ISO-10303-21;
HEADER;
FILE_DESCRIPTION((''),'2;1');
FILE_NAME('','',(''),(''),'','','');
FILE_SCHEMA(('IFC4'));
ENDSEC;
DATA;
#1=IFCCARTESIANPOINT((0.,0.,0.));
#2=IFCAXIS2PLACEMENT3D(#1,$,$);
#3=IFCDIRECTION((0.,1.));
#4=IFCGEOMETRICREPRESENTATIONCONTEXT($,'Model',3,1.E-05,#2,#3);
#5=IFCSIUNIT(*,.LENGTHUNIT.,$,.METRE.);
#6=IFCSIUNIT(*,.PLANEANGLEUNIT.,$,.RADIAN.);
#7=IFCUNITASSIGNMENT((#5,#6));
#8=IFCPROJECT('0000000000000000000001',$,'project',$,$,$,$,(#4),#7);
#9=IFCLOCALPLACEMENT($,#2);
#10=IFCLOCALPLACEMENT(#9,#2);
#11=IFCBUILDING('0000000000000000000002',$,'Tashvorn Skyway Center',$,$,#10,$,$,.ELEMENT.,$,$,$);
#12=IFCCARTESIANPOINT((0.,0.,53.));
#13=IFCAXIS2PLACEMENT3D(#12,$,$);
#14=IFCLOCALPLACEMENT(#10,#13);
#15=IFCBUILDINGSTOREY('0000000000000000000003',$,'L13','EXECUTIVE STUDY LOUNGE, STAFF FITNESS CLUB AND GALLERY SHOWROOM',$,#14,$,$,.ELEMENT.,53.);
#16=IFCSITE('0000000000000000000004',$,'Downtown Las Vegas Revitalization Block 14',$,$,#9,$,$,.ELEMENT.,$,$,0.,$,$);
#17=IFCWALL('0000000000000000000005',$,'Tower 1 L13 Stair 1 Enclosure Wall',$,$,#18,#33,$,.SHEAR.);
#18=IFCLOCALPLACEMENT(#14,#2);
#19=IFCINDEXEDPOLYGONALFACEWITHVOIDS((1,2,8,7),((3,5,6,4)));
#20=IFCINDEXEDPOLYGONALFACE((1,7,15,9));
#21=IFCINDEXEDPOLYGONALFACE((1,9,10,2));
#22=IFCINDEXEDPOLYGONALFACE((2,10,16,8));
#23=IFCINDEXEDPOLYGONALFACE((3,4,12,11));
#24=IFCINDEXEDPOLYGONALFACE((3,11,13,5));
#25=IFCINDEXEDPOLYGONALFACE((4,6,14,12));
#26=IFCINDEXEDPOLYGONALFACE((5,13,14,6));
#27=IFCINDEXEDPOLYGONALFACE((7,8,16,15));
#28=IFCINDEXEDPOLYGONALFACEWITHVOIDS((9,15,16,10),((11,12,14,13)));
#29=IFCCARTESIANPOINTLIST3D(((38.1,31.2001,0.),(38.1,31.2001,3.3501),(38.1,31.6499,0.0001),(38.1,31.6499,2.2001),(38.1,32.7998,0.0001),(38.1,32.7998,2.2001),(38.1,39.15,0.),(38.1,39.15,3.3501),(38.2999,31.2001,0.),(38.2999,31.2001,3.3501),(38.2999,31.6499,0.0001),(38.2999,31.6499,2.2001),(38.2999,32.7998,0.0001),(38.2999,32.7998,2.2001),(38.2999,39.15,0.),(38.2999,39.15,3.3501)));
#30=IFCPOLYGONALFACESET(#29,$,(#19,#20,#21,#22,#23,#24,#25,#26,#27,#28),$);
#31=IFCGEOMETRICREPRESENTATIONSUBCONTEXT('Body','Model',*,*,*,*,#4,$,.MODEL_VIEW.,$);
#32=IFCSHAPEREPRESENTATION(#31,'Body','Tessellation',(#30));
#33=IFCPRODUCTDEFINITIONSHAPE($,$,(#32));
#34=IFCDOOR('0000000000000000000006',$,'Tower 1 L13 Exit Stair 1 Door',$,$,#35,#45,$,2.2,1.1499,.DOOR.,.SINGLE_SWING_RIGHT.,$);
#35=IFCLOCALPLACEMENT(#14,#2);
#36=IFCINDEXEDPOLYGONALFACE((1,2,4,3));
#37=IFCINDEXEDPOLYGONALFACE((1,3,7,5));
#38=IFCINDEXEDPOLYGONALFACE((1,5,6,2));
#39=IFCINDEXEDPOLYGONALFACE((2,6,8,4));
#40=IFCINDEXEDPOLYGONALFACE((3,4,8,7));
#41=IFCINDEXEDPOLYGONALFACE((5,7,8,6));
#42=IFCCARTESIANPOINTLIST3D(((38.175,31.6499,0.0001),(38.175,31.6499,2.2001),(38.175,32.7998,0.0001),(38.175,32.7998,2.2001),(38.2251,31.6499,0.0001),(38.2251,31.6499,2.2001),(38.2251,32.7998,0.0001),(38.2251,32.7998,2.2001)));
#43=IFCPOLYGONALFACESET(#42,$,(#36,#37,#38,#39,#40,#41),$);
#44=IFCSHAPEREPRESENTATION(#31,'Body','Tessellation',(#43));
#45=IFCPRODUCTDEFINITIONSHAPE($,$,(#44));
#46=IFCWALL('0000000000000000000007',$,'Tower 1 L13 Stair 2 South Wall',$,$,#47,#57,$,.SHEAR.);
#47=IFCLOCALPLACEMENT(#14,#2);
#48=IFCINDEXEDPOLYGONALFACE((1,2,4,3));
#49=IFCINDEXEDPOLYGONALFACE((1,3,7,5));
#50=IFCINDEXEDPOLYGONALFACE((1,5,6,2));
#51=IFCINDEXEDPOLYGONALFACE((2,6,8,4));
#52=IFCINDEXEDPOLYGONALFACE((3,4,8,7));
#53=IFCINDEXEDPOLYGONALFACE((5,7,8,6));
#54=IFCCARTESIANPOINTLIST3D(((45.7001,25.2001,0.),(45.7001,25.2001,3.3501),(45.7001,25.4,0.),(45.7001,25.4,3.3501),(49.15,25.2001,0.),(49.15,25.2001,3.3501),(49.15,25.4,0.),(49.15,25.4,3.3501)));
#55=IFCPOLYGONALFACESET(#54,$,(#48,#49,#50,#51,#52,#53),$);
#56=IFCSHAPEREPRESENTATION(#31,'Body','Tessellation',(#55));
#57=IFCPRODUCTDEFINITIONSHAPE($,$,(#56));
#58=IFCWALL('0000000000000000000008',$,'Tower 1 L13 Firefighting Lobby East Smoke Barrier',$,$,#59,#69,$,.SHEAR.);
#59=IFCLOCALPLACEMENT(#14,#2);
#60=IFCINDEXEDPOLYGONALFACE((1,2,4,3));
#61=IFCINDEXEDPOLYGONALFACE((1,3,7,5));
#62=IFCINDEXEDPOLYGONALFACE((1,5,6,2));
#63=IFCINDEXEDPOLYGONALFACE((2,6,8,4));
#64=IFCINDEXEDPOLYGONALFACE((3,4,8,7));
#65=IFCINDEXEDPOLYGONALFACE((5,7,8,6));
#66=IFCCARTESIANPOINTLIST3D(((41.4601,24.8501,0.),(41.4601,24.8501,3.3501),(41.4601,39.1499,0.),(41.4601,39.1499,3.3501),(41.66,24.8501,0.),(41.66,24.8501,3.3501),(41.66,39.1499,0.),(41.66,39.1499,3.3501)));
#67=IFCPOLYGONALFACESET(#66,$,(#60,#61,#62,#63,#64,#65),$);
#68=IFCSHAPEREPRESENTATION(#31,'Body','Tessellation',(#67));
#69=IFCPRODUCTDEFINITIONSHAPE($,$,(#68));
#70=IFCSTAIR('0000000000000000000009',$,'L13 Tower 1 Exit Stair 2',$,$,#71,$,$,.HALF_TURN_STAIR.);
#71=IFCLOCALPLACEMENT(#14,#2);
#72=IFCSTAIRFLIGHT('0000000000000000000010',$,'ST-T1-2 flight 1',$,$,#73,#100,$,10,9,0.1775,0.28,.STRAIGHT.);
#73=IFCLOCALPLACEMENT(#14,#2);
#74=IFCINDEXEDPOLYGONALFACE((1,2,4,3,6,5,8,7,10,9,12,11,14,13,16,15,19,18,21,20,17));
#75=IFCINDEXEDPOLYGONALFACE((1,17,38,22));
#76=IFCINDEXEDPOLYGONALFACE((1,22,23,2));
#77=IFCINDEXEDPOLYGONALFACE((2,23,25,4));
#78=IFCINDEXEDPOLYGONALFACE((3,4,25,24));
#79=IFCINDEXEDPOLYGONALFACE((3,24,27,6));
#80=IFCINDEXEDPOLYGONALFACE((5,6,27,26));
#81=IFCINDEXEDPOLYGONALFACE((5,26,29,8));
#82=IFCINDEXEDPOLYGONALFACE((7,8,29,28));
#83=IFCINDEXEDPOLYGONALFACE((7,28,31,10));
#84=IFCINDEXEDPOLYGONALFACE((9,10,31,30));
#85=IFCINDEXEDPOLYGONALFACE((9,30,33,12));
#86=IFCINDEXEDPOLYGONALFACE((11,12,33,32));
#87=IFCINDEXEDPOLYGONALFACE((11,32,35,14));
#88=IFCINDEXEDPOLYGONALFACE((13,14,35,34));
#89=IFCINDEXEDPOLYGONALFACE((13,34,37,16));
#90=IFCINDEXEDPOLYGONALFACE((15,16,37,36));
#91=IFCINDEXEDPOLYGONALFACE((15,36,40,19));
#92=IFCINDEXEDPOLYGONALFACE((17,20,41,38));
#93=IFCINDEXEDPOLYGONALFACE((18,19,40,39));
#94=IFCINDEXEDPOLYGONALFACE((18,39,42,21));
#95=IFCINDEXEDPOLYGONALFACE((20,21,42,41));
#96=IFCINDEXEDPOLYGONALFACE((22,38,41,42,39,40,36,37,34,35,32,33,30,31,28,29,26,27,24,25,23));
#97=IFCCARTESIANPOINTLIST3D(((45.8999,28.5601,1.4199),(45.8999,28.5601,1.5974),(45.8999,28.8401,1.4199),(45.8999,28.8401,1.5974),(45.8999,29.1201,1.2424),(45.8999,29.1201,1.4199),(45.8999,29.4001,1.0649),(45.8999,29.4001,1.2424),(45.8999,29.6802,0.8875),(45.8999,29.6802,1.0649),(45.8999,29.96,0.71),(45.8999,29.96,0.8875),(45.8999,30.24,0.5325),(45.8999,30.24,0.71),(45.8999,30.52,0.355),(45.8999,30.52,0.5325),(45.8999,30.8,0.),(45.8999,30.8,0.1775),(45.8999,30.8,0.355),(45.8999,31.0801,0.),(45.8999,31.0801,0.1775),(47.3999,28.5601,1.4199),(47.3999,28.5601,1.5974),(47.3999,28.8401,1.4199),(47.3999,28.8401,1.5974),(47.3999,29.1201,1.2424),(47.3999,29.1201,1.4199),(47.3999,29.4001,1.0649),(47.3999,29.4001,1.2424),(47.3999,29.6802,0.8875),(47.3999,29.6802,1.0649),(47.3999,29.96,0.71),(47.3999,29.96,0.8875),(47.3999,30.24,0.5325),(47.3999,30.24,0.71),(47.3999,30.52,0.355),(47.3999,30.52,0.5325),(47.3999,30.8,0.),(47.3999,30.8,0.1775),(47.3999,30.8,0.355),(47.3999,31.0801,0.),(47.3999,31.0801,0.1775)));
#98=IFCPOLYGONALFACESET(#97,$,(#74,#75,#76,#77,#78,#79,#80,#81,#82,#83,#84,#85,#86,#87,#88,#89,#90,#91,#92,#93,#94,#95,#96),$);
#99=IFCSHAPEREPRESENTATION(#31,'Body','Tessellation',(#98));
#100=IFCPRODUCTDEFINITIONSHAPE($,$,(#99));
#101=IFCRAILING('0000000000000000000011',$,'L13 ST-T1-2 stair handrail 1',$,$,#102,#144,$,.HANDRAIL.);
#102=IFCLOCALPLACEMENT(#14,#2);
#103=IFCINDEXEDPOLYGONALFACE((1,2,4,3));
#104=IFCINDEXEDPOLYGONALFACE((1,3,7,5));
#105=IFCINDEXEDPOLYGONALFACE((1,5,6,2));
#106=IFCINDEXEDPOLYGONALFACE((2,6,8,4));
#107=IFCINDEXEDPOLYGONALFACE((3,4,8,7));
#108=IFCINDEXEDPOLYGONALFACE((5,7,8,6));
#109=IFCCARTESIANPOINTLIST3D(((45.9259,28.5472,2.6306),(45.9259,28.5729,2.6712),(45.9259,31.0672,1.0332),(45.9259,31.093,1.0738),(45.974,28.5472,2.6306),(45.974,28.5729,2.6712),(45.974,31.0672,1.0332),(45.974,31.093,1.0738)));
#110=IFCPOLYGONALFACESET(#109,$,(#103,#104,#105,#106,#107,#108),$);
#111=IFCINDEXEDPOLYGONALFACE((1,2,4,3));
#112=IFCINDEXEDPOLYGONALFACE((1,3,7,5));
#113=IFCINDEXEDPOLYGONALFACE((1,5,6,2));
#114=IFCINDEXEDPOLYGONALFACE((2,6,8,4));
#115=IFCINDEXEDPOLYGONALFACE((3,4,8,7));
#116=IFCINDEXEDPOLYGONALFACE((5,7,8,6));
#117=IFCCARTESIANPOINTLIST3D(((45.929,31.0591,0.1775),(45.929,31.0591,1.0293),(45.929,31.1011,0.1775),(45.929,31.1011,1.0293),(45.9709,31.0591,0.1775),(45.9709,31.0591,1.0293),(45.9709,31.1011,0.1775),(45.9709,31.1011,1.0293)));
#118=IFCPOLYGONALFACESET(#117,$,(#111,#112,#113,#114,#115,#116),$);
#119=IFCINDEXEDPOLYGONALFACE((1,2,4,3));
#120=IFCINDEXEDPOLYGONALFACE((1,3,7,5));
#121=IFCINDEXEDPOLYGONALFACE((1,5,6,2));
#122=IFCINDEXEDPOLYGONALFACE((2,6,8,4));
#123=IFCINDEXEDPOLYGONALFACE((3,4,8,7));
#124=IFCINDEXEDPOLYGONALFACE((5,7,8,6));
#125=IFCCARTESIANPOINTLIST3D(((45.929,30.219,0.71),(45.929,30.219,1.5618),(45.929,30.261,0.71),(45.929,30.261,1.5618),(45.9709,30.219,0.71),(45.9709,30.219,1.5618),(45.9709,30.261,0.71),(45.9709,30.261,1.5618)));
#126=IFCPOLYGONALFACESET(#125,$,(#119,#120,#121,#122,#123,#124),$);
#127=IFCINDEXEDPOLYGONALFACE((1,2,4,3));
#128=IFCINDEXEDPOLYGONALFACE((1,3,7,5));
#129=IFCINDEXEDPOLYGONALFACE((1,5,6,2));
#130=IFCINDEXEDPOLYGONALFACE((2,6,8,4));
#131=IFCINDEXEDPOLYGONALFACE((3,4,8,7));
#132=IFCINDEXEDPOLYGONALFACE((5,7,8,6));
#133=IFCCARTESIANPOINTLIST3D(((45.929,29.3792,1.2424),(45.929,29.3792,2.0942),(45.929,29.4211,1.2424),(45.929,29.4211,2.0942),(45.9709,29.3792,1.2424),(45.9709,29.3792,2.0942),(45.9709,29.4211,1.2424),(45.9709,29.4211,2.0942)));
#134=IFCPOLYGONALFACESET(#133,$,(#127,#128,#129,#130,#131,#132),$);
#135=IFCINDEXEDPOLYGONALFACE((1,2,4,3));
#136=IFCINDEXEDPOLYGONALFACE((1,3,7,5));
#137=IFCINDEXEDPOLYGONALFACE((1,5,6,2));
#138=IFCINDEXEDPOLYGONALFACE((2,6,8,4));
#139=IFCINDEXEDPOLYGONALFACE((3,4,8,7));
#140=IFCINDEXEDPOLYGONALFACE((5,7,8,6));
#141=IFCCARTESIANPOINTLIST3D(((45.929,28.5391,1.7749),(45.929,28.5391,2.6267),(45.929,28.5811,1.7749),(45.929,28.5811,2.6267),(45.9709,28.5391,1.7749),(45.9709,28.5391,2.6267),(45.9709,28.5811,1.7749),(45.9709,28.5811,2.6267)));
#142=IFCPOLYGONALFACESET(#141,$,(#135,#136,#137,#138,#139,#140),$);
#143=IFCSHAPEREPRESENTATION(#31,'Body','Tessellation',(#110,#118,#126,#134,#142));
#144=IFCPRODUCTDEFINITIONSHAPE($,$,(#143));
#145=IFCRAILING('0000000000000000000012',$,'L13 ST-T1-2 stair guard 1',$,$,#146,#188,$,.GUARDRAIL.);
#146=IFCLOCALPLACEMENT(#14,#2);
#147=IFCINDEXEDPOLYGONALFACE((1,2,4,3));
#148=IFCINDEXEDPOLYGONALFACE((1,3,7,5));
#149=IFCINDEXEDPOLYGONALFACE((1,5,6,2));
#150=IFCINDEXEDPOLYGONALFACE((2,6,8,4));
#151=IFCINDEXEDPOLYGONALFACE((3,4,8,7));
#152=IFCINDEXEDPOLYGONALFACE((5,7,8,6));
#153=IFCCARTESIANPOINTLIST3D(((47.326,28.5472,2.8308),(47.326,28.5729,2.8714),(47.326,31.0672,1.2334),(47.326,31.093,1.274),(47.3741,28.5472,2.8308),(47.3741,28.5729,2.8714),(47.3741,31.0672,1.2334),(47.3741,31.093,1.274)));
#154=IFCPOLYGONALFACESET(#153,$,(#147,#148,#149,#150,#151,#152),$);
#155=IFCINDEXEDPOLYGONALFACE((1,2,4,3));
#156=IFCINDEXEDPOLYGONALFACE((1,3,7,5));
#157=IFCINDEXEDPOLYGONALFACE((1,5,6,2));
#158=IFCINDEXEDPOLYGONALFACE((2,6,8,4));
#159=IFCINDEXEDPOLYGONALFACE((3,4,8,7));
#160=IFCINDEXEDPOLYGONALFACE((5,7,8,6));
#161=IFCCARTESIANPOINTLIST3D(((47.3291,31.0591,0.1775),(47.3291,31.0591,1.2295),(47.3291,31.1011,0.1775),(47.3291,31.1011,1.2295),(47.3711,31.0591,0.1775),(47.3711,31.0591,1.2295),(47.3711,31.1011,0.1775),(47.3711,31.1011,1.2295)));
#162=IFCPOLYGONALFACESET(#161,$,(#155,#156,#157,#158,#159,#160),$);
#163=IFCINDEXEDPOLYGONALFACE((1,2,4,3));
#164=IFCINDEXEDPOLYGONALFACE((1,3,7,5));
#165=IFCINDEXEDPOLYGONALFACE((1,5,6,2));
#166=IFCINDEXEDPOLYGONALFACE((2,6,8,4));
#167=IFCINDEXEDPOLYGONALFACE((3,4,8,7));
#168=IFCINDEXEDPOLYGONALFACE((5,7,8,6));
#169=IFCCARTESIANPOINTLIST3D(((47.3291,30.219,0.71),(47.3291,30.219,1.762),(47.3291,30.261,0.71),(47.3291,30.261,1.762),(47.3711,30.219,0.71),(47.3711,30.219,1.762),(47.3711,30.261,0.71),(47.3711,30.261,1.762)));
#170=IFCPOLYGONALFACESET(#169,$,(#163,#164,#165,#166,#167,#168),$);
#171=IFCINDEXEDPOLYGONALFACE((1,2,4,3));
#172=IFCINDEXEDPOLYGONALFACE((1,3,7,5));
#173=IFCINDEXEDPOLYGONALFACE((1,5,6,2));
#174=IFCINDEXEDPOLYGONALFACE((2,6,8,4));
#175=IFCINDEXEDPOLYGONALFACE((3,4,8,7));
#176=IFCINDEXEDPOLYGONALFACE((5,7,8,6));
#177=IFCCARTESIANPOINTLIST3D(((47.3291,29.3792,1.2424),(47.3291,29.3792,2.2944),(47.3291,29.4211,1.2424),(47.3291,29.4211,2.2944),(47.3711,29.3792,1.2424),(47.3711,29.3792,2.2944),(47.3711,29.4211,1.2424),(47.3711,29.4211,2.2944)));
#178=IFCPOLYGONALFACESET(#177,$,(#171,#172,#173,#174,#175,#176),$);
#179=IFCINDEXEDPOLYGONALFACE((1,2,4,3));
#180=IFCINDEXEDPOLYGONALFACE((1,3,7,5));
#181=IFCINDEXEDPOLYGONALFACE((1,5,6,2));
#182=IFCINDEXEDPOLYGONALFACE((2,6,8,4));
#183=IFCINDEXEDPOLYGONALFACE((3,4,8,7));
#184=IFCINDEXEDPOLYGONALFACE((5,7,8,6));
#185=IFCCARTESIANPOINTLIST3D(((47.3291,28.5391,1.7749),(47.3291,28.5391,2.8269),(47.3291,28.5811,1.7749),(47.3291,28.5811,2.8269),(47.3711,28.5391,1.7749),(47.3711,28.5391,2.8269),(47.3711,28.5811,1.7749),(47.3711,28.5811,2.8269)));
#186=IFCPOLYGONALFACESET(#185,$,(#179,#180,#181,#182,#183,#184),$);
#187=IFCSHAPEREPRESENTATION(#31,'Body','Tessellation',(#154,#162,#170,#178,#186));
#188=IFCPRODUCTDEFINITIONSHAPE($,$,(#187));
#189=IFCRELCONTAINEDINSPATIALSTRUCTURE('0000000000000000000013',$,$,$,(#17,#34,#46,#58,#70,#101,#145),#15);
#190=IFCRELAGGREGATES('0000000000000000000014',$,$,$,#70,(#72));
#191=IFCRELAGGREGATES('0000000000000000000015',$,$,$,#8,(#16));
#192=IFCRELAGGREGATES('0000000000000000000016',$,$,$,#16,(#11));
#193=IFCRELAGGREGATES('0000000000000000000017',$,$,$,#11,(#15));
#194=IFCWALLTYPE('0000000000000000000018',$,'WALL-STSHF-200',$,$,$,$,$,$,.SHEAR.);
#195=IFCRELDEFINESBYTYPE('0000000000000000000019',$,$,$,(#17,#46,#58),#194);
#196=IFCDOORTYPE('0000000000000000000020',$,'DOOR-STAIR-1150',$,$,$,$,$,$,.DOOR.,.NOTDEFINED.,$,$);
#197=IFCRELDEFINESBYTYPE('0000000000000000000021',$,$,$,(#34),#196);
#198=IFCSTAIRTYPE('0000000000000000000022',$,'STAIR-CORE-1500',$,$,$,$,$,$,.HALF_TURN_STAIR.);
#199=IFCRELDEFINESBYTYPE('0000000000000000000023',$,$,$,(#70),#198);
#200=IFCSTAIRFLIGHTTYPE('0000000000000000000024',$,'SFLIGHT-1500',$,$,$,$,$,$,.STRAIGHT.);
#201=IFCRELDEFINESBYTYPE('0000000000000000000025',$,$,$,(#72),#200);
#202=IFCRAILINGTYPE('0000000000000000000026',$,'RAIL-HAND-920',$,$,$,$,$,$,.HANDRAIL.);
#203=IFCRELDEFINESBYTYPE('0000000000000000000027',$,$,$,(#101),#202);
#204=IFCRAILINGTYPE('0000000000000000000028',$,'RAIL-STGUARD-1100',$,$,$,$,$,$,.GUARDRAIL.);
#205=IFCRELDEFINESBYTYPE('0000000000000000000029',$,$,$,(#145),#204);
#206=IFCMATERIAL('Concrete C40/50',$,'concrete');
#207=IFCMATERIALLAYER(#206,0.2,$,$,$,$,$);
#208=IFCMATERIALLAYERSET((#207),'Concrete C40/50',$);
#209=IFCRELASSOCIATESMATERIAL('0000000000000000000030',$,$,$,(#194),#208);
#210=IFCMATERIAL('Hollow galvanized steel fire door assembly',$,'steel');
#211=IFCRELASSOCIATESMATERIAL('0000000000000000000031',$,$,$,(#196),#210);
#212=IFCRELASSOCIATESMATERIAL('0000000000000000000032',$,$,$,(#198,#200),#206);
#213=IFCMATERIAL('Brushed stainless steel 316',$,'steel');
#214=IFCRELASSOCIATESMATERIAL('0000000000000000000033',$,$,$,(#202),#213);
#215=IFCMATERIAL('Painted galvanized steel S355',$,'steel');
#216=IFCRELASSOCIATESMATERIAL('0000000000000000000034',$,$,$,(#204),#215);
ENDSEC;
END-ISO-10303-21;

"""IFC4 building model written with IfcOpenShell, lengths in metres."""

from ifc_helpers import new_model, si_unit, direction, frame, frame_2d, origin, origin_2d, place, context, subcontext, project, spatial, polyline, rectangle, outline, extrude, material, layer, layer_set, type_object, element, fill, aggregate, save


model = new_model("IFC4")

# Units and contexts
model_context = context("Model", 3, precision=1e-05, world=origin(), true_north=direction((0.0, 1.0)))
body_context = subcontext(model_context, "Body", "Model", "MODEL_VIEW")
ifc_project = project(units=[si_unit("LENGTHUNIT", "METRE"), si_unit("PLANEANGLEUNIT", "RADIAN")], contexts=[model_context])

# Site, building, storey
site_placement = place(None, origin())
site = spatial("IfcSite", under=ifc_project, at=site_placement, Name="Downtown Las Vegas Revitalization Block 14", CompositionType="ELEMENT", RefElevation=0.0)
building_placement = place(site_placement, origin())
building = spatial("IfcBuilding", under=site, at=building_placement, Name="Tashvorn Skyway Center", CompositionType="ELEMENT")
storey_placement = place(building_placement, frame((0.0, 0.0, 53.0)))
storey = spatial("IfcBuildingStorey", under=building, at=storey_placement, Name="L13", Description="EXECUTIVE STUDY LOUNGE, STAFF FITNESS CLUB AND GALLERY SHOWROOM", CompositionType="ELEMENT", Elevation=53.0)

# Shared definitions
ifc_material_1 = material(Name="Concrete C40/50", Category="concrete")
ifc_material_2 = material(Name="Hollow galvanized steel fire door assembly", Category="steel")

# Wall, opening, door
ifc_layer_1 = layer(ifc_material_1, 0.2)
ifc_layer_set_1 = layer_set([ifc_layer_1], Name="Concrete C40/50")
wall_type_1 = type_object("IfcWallType", Name="WALL-STSHF-200", PredefinedType="SHEAR", material=ifc_layer_set_1)
wall_1_placement = place(storey_placement, frame((38.2, 31.2, 0.0), z_axis=(0.0, 0.0, 1.0), x_axis=(0.0, 1.0, 0.0)))
wall_1 = element("IfcWall", 1, at=wall_1_placement, inside=storey, type_object=wall_type_1, Name="Tower 1 L13 Stair 1 Enclosure Wall", PredefinedType="SHEAR", context=body_context, shape_type="SweptSolid", body=[
    extrude(rectangle(XDim=7.95, YDim=0.2, at=frame_2d((3.9751, 0.0))), origin(), (0.0, 0.0, 1.0), 3.3501),
])
opening_1_placement = place(wall_1_placement, frame((0.45, 0.0, 0.0)))
opening_1 = element("IfcOpeningElement", 2, at=opening_1_placement, cuts=wall_1, PredefinedType="OPENING", context=body_context, shape_type="SweptSolid", body=[
    extrude(rectangle(XDim=1.1499, YDim=2.2, at=frame_2d((0.575, 1.1001))), frame((0.0, 0.1099, 0.0), z_axis=(0.0, -1.0, 0.0), x_axis=(1.0, 0.0, 0.0)), (0.0, 0.0, 1.0), 0.22),
])
door_type_1 = type_object("IfcDoorType", Name="DOOR-STAIR-1150", OperationType="NOTDEFINED", PredefinedType="DOOR", material=ifc_material_2)
door_1_placement = place(opening_1_placement, origin())
door_1 = element("IfcDoor", 3, at=door_1_placement, inside=storey, type_object=door_type_1, Name="Tower 1 L13 Exit Stair 1 Door", OperationType="SINGLE_SWING_RIGHT", OverallHeight=2.2, OverallWidth=1.1499, PredefinedType="DOOR", context=body_context, shape_type="SweptSolid", body=[
    extrude(rectangle(XDim=1.1499, YDim=2.2, at=frame_2d((0.575, 1.1001))), frame((0.0, 0.0249, 0.0), z_axis=(0.0, -1.0, 0.0), x_axis=(1.0, 0.0, 0.0)), (0.0, 0.0, 1.0), 0.05),
])
fill(opening_1, door_1)

# Walls
wall_2_placement = place(storey_placement, frame((45.7, 25.3, 0.0), z_axis=(0.0, 0.0, 1.0), x_axis=(1.0, 0.0, 0.0)))
element("IfcWall", 4, at=wall_2_placement, inside=storey, type_object=wall_type_1, Name="Tower 1 L13 Stair 2 South Wall", PredefinedType="SHEAR", context=body_context, shape_type="SweptSolid", body=[
    extrude(rectangle(XDim=3.45, YDim=0.2, at=frame_2d((1.7251, 0.0))), origin(), (0.0, 0.0, 1.0), 3.3501),
])
wall_3_placement = place(storey_placement, frame((41.5601, 24.8501, 0.0), z_axis=(0.0, 0.0, 1.0), x_axis=(0.0, 1.0, 0.0)))
element("IfcWall", 5, at=wall_3_placement, inside=storey, type_object=wall_type_1, Name="Tower 1 L13 Firefighting Lobby East Smoke Barrier", PredefinedType="SHEAR", context=body_context, shape_type="SweptSolid", body=[
    extrude(rectangle(XDim=14.2998, YDim=0.2, at=frame_2d((7.1499, 0.0))), origin(), (0.0, 0.0, 1.0), 3.3501),
])

# Stair, stair flight
stair_type = type_object("IfcStairType", Name="STAIR-CORE-1500", PredefinedType="HALF_TURN_STAIR", material=ifc_material_1)
stair_placement = place(storey_placement, origin())
stair = element("IfcStair", 6, at=stair_placement, inside=storey, type_object=stair_type, Name="L13 Tower 1 Exit Stair 2", PredefinedType="HALF_TURN_STAIR")
stair_flight_type = type_object("IfcStairFlightType", Name="SFLIGHT-1500", PredefinedType="STRAIGHT", material=ifc_material_1)
stair_flight_placement = place(storey_placement, frame((46.6499, 31.0801, 0.0), z_axis=(0.0, 0.0, 1.0), x_axis=(0.0, -1.0, 0.0)))
stair_flight = element("IfcStairFlight", 7, at=stair_flight_placement, type_object=stair_flight_type, Name="ST-T1-2 flight 1", NumberOfRisers=10, NumberOfTreads=9, PredefinedType="STRAIGHT", RiserHeight=0.1775, TreadLength=0.28, context=body_context, shape_type="SweptSolid", body=[
    extrude(outline(polyline([(0.0, 0.0), (0.0, 0.1775), (0.28, 0.1775), (0.28, 0.355), (0.5601, 0.355), (0.5601, 0.5325), (0.8401, 0.5325), (0.8401, 0.71), (1.1201, 0.71), (1.1201, 0.8875), (1.3999, 0.8875), (1.3999, 1.0649), (1.6799, 1.0649), (1.6799, 1.2424), (1.96, 1.2424), (1.96, 1.4199), (2.24, 1.4199), (2.24, 1.5974), (2.52, 1.5974), (2.52, 1.7749), (2.52, 1.4199), (0.28, 0.0), (0.0, 0.0)])), frame((0.0, 0.75, 0.0), z_axis=(0.0, -1.0, 0.0), x_axis=(1.0, 0.0, 0.0)), (0.0, 0.0, 1.0), 1.5),
])
aggregate(stair, [stair_flight])

# Railings
ifc_material_3 = material(Name="Brushed stainless steel 316", Category="steel")
railing_type_1 = type_object("IfcRailingType", Name="RAIL-HAND-920", PredefinedType="HANDRAIL", material=ifc_material_3)
railing_1_placement = place(storey_placement, frame((45.95, 31.0801, 0.1775)))
element("IfcRailing", 8, at=railing_1_placement, inside=storey, type_object=railing_type_1, Name="L13 ST-T1-2 stair handrail 1", PredefinedType="HANDRAIL", context=body_context, shape_type="SweptSolid", body=[
    extrude(rectangle(XDim=0.0481, YDim=0.0481, at=origin_2d()), frame((0.0, 0.0, 0.876), z_axis=(0.0, -0.844607, 0.535387), x_axis=(1.0, 0.0, 0.0)), (0.0, 0.0, 1.0), 2.9836),
    extrude(rectangle(XDim=0.042, YDim=0.042, at=origin_2d()), origin(), (0.0, 0.0, 1.0), 0.8518),
    extrude(rectangle(XDim=0.042, YDim=0.042, at=origin_2d()), frame((0.0, -0.8401, 0.5325)), (0.0, 0.0, 1.0), 0.8518),
    extrude(rectangle(XDim=0.042, YDim=0.042, at=origin_2d()), frame((0.0, -1.6799, 1.0649)), (0.0, 0.0, 1.0), 0.8518),
    extrude(rectangle(XDim=0.042, YDim=0.042, at=origin_2d()), frame((0.0, -2.52, 1.5974)), (0.0, 0.0, 1.0), 0.8518),
])
ifc_material_4 = material(Name="Painted galvanized steel S355", Category="steel")
railing_type_2 = type_object("IfcRailingType", Name="RAIL-STGUARD-1100", PredefinedType="GUARDRAIL", material=ifc_material_4)
railing_2_placement = place(storey_placement, frame((47.3501, 31.0801, 0.1775)))
element("IfcRailing", 9, at=railing_2_placement, inside=storey, type_object=railing_type_2, Name="L13 ST-T1-2 stair guard 1", PredefinedType="GUARDRAIL", context=body_context, shape_type="SweptSolid", body=[
    extrude(rectangle(XDim=0.0481, YDim=0.0481, at=origin_2d()), frame((0.0, 0.0, 1.0762), z_axis=(0.0, -0.844607, 0.535387), x_axis=(1.0, 0.0, 0.0)), (0.0, 0.0, 1.0), 2.9836),
    extrude(rectangle(XDim=0.042, YDim=0.042, at=origin_2d()), origin(), (0.0, 0.0, 1.0), 1.052),
    extrude(rectangle(XDim=0.042, YDim=0.042, at=origin_2d()), frame((0.0, -0.8401, 0.5325)), (0.0, 0.0, 1.0), 1.052),
    extrude(rectangle(XDim=0.042, YDim=0.042, at=origin_2d()), frame((0.0, -1.6799, 1.0649)), (0.0, 0.0, 1.0), 1.052),
    extrude(rectangle(XDim=0.042, YDim=0.042, at=origin_2d()), frame((0.0, -2.52, 1.5974)), (0.0, 0.0, 1.0), 1.052),
])

save(model, "model.ifc")
